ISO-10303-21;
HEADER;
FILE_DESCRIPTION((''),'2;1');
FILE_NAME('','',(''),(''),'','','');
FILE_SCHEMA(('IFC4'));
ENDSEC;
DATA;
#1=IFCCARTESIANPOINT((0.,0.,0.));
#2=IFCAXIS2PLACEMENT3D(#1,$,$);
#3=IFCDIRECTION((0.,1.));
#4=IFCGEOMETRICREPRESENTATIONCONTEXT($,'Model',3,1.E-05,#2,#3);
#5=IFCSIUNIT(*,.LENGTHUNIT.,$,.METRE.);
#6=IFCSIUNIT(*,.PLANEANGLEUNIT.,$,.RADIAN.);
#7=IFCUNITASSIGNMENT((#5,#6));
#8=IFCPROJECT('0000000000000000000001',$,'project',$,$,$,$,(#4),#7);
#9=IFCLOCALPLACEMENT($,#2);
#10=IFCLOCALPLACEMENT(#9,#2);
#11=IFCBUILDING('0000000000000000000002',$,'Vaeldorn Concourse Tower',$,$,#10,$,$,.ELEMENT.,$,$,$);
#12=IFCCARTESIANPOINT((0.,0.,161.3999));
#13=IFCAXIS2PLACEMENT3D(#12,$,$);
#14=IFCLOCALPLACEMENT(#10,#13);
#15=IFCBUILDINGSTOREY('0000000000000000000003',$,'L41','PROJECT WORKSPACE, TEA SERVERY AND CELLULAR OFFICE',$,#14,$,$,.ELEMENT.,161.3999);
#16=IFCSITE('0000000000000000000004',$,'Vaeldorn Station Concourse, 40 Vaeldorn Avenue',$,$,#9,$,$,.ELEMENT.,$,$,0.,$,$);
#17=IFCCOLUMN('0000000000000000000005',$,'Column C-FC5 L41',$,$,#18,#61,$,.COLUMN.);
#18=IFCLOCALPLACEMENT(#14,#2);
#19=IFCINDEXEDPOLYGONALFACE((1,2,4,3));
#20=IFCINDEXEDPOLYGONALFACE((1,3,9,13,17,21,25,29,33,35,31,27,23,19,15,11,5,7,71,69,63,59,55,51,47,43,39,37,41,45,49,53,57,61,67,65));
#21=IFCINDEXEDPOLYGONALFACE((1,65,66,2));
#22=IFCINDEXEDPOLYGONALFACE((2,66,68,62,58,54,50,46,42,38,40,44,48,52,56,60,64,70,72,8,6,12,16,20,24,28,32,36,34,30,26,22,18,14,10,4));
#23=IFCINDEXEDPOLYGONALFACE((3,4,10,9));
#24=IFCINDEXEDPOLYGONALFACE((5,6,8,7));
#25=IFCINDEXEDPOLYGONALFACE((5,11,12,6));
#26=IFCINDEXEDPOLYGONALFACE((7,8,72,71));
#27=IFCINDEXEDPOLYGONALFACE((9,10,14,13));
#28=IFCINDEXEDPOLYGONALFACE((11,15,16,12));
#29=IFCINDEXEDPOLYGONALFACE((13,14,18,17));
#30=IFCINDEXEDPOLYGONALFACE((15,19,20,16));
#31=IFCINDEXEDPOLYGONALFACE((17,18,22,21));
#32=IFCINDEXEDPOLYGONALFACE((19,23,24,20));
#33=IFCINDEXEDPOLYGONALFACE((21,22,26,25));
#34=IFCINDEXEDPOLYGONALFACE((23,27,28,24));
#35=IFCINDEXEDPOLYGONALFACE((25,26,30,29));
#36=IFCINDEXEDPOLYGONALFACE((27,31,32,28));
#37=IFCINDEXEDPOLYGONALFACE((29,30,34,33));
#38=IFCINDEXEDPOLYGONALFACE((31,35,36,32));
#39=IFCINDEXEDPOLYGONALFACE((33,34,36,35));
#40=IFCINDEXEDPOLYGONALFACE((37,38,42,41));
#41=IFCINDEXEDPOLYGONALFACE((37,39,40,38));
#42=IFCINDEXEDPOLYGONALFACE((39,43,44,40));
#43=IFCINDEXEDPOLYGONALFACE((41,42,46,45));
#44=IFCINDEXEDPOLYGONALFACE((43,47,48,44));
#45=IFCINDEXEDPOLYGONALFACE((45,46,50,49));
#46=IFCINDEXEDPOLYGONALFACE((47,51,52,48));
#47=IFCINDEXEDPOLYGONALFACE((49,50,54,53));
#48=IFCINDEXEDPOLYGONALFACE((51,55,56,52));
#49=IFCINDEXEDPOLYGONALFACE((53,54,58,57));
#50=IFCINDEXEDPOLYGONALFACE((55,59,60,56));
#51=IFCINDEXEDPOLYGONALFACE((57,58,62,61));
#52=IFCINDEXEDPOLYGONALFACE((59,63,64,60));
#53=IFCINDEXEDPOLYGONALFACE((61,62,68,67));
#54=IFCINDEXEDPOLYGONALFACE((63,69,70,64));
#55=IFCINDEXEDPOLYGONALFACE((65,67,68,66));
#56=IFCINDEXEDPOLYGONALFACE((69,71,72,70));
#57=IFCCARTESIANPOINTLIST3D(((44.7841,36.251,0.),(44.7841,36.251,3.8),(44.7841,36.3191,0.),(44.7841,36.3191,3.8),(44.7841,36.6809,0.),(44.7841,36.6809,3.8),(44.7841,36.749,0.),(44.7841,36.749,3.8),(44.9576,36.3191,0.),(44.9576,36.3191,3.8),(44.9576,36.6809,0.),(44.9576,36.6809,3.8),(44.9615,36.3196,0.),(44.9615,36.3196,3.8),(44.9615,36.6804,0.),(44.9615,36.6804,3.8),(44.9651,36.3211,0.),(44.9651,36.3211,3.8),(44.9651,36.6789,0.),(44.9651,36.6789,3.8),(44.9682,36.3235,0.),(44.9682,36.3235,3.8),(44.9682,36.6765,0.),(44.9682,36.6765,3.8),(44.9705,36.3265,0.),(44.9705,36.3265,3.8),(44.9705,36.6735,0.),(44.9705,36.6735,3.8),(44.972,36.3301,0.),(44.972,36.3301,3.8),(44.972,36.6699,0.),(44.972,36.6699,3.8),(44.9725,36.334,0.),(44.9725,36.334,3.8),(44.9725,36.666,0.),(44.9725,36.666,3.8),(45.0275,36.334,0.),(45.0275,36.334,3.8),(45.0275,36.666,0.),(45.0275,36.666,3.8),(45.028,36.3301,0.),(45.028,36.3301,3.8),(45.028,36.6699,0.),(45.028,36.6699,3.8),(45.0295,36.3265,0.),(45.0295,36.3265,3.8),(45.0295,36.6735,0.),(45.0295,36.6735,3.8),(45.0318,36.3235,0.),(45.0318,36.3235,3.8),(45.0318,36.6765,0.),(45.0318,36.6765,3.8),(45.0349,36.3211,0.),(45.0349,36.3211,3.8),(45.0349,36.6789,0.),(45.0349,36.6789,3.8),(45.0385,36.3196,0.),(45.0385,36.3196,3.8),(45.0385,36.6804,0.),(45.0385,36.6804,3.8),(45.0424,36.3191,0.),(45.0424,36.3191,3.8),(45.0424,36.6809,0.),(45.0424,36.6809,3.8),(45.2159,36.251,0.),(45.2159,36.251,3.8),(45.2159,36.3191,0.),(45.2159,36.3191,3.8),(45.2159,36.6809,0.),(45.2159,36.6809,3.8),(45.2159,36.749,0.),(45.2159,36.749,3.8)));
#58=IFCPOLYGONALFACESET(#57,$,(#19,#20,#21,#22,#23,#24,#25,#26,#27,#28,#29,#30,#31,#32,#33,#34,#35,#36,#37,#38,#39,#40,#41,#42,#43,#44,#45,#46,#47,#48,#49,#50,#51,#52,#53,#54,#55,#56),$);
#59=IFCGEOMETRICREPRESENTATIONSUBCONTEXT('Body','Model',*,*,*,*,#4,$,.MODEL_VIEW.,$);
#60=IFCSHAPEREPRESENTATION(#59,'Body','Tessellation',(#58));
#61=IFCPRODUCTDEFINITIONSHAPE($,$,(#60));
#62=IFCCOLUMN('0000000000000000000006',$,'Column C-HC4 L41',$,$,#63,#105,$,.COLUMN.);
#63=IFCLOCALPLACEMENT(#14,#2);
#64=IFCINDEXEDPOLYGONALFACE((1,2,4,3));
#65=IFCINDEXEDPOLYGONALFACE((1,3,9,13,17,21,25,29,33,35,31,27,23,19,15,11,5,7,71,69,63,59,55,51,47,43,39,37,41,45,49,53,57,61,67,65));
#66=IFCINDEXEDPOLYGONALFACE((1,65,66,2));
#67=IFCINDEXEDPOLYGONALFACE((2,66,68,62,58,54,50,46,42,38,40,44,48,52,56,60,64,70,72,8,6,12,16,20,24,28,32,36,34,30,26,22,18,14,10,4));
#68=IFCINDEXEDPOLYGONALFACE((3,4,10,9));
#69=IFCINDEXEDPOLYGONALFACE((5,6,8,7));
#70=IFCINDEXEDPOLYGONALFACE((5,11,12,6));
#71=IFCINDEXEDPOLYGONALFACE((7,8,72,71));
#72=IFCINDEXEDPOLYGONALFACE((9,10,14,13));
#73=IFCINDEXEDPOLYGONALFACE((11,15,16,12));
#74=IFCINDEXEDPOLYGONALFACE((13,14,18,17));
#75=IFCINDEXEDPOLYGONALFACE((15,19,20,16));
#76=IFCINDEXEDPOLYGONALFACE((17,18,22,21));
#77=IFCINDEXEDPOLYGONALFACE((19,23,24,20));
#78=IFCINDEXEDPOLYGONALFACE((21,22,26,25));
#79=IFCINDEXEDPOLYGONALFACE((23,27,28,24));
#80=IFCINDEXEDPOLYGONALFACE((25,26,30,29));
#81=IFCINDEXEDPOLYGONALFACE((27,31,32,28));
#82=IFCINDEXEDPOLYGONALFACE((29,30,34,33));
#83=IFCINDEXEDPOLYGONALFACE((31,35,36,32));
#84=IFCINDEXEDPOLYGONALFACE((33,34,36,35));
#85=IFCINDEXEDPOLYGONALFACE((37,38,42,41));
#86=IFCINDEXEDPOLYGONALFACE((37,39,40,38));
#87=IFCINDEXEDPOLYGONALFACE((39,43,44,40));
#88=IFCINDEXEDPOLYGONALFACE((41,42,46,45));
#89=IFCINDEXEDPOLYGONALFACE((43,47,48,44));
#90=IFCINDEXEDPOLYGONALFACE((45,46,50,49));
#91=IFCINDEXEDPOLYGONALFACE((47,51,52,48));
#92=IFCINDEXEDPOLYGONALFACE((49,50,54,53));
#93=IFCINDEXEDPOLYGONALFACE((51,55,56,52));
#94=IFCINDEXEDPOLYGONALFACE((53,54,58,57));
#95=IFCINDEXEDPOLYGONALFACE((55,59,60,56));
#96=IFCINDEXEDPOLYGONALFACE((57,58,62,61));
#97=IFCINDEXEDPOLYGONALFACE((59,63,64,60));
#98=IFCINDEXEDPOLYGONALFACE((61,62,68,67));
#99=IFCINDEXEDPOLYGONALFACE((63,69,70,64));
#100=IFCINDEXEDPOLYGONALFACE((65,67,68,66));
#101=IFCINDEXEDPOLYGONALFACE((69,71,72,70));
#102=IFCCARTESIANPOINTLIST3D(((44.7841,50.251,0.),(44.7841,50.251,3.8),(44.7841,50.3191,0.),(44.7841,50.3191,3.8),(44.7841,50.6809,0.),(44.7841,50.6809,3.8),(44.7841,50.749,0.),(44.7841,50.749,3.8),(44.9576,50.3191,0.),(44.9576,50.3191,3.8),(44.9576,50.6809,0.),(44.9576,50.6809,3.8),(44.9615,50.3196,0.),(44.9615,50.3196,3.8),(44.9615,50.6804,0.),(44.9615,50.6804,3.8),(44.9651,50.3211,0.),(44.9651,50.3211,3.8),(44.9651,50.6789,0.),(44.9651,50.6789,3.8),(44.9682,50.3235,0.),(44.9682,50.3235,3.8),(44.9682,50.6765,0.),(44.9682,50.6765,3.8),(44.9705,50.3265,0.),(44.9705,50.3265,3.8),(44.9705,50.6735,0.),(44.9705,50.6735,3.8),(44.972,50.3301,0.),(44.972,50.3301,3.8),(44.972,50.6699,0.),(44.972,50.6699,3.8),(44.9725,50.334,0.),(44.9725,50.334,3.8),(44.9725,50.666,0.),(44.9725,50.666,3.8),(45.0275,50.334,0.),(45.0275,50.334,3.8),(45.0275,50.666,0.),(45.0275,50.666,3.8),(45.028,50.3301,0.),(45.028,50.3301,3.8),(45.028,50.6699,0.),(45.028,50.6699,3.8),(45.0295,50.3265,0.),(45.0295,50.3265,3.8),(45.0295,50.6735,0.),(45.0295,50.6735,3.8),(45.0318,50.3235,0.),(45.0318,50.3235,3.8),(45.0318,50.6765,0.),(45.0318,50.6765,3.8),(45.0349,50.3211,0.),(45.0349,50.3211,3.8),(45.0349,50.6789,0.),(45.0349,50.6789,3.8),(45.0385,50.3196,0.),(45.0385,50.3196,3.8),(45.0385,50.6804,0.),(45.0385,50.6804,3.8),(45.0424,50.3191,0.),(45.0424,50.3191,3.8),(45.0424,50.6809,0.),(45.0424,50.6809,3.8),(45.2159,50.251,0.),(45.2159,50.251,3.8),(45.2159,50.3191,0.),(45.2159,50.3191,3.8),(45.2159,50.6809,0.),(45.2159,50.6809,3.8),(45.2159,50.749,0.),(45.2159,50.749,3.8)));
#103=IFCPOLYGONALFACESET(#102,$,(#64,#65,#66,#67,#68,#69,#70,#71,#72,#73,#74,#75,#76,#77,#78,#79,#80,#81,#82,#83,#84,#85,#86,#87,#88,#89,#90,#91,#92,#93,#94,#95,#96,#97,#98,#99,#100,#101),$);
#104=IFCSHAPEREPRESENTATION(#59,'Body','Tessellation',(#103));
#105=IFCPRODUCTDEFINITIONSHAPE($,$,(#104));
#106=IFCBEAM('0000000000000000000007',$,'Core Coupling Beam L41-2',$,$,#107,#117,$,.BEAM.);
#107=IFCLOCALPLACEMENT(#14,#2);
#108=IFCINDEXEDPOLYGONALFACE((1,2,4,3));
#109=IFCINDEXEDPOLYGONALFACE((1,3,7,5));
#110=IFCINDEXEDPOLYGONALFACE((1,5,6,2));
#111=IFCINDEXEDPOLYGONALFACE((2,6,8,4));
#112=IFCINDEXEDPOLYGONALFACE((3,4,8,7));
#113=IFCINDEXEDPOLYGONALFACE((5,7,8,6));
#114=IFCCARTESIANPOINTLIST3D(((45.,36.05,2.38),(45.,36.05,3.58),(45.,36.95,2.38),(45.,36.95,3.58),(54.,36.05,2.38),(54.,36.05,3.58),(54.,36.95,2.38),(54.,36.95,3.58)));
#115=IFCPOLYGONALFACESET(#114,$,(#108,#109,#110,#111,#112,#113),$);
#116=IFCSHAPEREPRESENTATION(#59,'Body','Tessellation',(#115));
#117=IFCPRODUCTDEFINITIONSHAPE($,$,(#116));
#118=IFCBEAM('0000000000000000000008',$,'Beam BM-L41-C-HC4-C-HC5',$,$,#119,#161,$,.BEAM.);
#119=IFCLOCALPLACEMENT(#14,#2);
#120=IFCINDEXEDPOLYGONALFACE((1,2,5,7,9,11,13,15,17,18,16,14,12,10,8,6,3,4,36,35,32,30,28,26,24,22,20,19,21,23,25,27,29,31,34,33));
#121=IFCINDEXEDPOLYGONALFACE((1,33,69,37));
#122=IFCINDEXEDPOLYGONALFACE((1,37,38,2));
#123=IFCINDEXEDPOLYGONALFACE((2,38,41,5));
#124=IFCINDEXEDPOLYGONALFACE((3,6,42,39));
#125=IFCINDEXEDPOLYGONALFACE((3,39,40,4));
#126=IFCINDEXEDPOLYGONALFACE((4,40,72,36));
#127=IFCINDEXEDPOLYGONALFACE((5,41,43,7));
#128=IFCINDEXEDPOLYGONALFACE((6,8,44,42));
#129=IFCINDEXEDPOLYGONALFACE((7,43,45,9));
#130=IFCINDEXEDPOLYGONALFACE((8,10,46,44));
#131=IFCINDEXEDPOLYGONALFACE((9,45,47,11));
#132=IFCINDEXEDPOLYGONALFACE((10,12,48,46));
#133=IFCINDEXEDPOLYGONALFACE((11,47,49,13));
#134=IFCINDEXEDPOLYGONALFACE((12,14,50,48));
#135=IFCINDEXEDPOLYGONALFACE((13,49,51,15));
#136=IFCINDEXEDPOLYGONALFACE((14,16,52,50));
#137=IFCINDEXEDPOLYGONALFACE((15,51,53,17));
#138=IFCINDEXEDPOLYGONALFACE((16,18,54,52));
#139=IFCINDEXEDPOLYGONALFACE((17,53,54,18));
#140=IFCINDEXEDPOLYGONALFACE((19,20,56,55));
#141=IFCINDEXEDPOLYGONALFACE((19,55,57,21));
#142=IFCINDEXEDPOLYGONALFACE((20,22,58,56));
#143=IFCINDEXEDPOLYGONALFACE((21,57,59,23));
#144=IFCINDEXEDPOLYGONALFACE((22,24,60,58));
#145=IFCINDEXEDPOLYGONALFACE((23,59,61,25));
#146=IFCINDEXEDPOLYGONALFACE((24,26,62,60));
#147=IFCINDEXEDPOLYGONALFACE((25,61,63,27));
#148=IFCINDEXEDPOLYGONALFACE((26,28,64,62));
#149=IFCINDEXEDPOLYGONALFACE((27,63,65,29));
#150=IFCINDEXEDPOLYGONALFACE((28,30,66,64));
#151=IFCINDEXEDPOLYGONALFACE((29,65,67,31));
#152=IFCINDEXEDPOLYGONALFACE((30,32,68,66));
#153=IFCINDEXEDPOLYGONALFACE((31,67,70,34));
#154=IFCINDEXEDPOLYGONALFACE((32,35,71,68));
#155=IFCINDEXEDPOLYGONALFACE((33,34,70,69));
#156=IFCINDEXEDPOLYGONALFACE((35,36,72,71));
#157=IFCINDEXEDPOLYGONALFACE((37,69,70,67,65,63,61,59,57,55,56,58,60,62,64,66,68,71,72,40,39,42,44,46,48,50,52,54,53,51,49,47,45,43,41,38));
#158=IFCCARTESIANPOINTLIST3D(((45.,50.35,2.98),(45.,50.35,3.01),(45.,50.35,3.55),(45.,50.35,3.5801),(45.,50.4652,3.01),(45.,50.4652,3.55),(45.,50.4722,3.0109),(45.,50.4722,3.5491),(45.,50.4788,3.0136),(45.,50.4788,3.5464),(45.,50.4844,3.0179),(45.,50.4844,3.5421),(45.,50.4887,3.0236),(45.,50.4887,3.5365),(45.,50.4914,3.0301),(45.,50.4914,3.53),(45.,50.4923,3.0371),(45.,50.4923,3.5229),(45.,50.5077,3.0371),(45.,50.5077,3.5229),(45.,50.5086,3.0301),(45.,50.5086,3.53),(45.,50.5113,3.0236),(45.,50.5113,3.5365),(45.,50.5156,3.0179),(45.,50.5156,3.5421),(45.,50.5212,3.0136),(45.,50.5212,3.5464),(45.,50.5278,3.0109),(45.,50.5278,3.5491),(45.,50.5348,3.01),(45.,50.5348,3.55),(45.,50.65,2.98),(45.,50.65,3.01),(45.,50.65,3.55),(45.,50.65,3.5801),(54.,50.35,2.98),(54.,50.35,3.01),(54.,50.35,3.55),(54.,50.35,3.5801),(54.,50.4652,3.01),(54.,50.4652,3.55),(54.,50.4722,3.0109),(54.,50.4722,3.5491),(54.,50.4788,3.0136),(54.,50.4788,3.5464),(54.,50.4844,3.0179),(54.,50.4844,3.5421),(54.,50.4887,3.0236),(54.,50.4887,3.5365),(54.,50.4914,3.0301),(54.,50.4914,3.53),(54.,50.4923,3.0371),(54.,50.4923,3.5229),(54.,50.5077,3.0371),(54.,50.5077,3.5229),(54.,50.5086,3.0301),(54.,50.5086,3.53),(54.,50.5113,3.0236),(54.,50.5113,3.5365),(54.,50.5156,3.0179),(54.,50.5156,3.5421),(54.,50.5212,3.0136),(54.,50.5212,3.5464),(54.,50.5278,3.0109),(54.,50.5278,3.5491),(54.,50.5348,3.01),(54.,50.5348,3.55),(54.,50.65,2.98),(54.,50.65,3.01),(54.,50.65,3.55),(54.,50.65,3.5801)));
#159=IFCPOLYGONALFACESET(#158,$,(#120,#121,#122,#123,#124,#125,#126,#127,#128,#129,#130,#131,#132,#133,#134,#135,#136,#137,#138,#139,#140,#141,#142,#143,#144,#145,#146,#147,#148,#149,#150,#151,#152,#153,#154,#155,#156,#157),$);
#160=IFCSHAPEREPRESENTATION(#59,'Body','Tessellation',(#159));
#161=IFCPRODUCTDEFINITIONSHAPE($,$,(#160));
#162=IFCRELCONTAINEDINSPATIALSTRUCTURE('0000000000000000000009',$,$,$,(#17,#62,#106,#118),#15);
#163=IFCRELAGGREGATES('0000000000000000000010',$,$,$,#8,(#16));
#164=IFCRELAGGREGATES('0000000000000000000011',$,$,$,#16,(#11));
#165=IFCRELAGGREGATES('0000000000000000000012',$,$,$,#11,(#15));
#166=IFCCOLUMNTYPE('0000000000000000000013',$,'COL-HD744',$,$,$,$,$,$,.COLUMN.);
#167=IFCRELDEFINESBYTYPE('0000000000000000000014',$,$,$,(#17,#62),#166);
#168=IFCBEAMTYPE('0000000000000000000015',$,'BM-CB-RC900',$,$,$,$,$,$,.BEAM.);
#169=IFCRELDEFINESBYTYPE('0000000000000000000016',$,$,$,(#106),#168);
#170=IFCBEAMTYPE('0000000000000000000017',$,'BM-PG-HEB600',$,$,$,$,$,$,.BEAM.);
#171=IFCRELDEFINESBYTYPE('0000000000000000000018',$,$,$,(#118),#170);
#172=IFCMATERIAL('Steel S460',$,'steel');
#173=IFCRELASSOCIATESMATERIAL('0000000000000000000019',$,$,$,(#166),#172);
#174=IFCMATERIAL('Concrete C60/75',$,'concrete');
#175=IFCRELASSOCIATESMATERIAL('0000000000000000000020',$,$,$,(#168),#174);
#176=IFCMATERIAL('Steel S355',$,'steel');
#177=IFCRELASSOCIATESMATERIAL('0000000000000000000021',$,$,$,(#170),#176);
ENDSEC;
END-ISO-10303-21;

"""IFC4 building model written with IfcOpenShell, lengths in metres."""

from ifc_helpers import new_model, si_unit, direction, frame, origin, origin_2d, place, context, subcontext, project, spatial, rectangle, i_section, extrude, source, transform, mapped, material, material_profile, profile_set, type_object, element, save


model = new_model("IFC4")

# Units and contexts
model_context = context("Model", 3, precision=1e-05, world=origin(), true_north=direction((0.0, 1.0)))
body_context = subcontext(model_context, "Body", "Model", "MODEL_VIEW")
ifc_project = project(units=[si_unit("LENGTHUNIT", "METRE"), si_unit("PLANEANGLEUNIT", "RADIAN")], contexts=[model_context])

# Site, building, storey
site_placement = place(None, origin())
site = spatial("IfcSite", under=ifc_project, at=site_placement, Name="Vaeldorn Station Concourse, 40 Vaeldorn Avenue", CompositionType="ELEMENT", RefElevation=0.0)
building_placement = place(site_placement, origin())
building = spatial("IfcBuilding", under=site, at=building_placement, Name="Vaeldorn Concourse Tower", CompositionType="ELEMENT")
storey_placement = place(building_placement, frame((0.0, 0.0, 161.3999)))
storey = spatial("IfcBuildingStorey", under=building, at=storey_placement, Name="L41", Description="PROJECT WORKSPACE, TEA SERVERY AND CELLULAR OFFICE", CompositionType="ELEMENT", Elevation=161.3999)

# Columns
ifc_material_1 = material(Name="Steel S460", Category="steel")
ifc_material_profile_1 = material_profile(ifc_material_1, i_section(OverallWidth=0.4319, OverallDepth=0.498, WebThickness=0.0549, FlangeThickness=0.0681, FilletRadius=0.0149, at=origin_2d()), Name="HD 400x744")
ifc_profile_set_1 = profile_set([ifc_material_profile_1], Name="Steel S460")
column_type = type_object("IfcColumnType", Name="COL-HD744", PredefinedType="COLUMN", material=ifc_profile_set_1)
shared_shape_1 = source(origin(), body_context, "Body", "SweptSolid", [
    extrude(i_section(OverallWidth=0.4319, OverallDepth=0.498, WebThickness=0.0549, FlangeThickness=0.0681, FilletRadius=0.0149, at=origin_2d()), origin(), (0.0, 0.0, 1.0), 3.8),
])
for number, where, z_axis, x_axis, name in (
    (1, (45.0, 36.5, 0.0), (0.0, 0.0, 1.0), (1.0, 0.0, 0.0), "Column C-FC5 L41"),
    (2, (45.0, 50.5, 0.0), (0.0, 0.0, 1.0), (1.0, 0.0, 0.0), "Column C-HC4 L41"),
):
    element("IfcColumn", number, at=place(storey_placement, frame(where, z_axis=z_axis, x_axis=x_axis)), inside=storey, type_object=column_type, Name=name, PredefinedType="COLUMN", context=body_context, shape_type="MappedRepresentation", body=[
        mapped(shared_shape_1, transform((0.0, 0.0, 0.0), scale=1.0)),
    ])

# Beams
ifc_material_2 = material(Name="Concrete C60/75", Category="concrete")
ifc_material_profile_2 = material_profile(ifc_material_2, rectangle(XDim=0.8999, YDim=1.2, at=origin_2d()), Name="RC 900x1200")
ifc_profile_set_2 = profile_set([ifc_material_profile_2], Name="Concrete C60/75")
beam_type_1 = type_object("IfcBeamType", Name="BM-CB-RC900", PredefinedType="BEAM", material=ifc_profile_set_2)
shared_shape_2 = source(origin(), body_context, "Body", "SweptSolid", [
    extrude(rectangle(XDim=0.8999, YDim=1.2, at=origin_2d()), origin(), (0.0, 0.0, 1.0), 9.0),
])
beam_1_placement = place(storey_placement, frame((45.0, 36.5, 2.98), z_axis=(1.0, 0.0, 0.0), x_axis=(0.0, 1.0, 0.0)))
element("IfcBeam", 3, at=beam_1_placement, inside=storey, type_object=beam_type_1, Name="Core Coupling Beam L41-2", PredefinedType="BEAM", context=body_context, shape_type="MappedRepresentation", body=[
    mapped(shared_shape_2, transform((0.0, 0.0, 0.0), scale=1.0)),
])
ifc_material_3 = material(Name="Steel S355", Category="steel")
ifc_material_profile_3 = material_profile(ifc_material_3, i_section(OverallWidth=0.3, OverallDepth=0.6001, WebThickness=0.0154, FlangeThickness=0.03, FilletRadius=0.0271, at=origin_2d()), Name="HEB 600")
ifc_profile_set_3 = profile_set([ifc_material_profile_3], Name="Steel S355")
beam_type_2 = type_object("IfcBeamType", Name="BM-PG-HEB600", PredefinedType="BEAM", material=ifc_profile_set_3)
shared_shape_3 = source(origin(), body_context, "Body", "SweptSolid", [
    extrude(i_section(OverallWidth=0.3, OverallDepth=0.6001, WebThickness=0.0154, FlangeThickness=0.03, FilletRadius=0.0271, at=origin_2d()), origin(), (0.0, 0.0, 1.0), 9.0),
])
beam_2_placement = place(storey_placement, frame((45.0, 50.5, 3.28), z_axis=(1.0, 0.0, 0.0), x_axis=(0.0, 1.0, 0.0)))
element("IfcBeam", 4, at=beam_2_placement, inside=storey, type_object=beam_type_2, Name="Beam BM-L41-C-HC4-C-HC5", PredefinedType="BEAM", context=body_context, shape_type="MappedRepresentation", body=[
    mapped(shared_shape_3, transform((0.0, 0.0, 0.0), scale=1.0)),
])

save(model, "model.ifc")
